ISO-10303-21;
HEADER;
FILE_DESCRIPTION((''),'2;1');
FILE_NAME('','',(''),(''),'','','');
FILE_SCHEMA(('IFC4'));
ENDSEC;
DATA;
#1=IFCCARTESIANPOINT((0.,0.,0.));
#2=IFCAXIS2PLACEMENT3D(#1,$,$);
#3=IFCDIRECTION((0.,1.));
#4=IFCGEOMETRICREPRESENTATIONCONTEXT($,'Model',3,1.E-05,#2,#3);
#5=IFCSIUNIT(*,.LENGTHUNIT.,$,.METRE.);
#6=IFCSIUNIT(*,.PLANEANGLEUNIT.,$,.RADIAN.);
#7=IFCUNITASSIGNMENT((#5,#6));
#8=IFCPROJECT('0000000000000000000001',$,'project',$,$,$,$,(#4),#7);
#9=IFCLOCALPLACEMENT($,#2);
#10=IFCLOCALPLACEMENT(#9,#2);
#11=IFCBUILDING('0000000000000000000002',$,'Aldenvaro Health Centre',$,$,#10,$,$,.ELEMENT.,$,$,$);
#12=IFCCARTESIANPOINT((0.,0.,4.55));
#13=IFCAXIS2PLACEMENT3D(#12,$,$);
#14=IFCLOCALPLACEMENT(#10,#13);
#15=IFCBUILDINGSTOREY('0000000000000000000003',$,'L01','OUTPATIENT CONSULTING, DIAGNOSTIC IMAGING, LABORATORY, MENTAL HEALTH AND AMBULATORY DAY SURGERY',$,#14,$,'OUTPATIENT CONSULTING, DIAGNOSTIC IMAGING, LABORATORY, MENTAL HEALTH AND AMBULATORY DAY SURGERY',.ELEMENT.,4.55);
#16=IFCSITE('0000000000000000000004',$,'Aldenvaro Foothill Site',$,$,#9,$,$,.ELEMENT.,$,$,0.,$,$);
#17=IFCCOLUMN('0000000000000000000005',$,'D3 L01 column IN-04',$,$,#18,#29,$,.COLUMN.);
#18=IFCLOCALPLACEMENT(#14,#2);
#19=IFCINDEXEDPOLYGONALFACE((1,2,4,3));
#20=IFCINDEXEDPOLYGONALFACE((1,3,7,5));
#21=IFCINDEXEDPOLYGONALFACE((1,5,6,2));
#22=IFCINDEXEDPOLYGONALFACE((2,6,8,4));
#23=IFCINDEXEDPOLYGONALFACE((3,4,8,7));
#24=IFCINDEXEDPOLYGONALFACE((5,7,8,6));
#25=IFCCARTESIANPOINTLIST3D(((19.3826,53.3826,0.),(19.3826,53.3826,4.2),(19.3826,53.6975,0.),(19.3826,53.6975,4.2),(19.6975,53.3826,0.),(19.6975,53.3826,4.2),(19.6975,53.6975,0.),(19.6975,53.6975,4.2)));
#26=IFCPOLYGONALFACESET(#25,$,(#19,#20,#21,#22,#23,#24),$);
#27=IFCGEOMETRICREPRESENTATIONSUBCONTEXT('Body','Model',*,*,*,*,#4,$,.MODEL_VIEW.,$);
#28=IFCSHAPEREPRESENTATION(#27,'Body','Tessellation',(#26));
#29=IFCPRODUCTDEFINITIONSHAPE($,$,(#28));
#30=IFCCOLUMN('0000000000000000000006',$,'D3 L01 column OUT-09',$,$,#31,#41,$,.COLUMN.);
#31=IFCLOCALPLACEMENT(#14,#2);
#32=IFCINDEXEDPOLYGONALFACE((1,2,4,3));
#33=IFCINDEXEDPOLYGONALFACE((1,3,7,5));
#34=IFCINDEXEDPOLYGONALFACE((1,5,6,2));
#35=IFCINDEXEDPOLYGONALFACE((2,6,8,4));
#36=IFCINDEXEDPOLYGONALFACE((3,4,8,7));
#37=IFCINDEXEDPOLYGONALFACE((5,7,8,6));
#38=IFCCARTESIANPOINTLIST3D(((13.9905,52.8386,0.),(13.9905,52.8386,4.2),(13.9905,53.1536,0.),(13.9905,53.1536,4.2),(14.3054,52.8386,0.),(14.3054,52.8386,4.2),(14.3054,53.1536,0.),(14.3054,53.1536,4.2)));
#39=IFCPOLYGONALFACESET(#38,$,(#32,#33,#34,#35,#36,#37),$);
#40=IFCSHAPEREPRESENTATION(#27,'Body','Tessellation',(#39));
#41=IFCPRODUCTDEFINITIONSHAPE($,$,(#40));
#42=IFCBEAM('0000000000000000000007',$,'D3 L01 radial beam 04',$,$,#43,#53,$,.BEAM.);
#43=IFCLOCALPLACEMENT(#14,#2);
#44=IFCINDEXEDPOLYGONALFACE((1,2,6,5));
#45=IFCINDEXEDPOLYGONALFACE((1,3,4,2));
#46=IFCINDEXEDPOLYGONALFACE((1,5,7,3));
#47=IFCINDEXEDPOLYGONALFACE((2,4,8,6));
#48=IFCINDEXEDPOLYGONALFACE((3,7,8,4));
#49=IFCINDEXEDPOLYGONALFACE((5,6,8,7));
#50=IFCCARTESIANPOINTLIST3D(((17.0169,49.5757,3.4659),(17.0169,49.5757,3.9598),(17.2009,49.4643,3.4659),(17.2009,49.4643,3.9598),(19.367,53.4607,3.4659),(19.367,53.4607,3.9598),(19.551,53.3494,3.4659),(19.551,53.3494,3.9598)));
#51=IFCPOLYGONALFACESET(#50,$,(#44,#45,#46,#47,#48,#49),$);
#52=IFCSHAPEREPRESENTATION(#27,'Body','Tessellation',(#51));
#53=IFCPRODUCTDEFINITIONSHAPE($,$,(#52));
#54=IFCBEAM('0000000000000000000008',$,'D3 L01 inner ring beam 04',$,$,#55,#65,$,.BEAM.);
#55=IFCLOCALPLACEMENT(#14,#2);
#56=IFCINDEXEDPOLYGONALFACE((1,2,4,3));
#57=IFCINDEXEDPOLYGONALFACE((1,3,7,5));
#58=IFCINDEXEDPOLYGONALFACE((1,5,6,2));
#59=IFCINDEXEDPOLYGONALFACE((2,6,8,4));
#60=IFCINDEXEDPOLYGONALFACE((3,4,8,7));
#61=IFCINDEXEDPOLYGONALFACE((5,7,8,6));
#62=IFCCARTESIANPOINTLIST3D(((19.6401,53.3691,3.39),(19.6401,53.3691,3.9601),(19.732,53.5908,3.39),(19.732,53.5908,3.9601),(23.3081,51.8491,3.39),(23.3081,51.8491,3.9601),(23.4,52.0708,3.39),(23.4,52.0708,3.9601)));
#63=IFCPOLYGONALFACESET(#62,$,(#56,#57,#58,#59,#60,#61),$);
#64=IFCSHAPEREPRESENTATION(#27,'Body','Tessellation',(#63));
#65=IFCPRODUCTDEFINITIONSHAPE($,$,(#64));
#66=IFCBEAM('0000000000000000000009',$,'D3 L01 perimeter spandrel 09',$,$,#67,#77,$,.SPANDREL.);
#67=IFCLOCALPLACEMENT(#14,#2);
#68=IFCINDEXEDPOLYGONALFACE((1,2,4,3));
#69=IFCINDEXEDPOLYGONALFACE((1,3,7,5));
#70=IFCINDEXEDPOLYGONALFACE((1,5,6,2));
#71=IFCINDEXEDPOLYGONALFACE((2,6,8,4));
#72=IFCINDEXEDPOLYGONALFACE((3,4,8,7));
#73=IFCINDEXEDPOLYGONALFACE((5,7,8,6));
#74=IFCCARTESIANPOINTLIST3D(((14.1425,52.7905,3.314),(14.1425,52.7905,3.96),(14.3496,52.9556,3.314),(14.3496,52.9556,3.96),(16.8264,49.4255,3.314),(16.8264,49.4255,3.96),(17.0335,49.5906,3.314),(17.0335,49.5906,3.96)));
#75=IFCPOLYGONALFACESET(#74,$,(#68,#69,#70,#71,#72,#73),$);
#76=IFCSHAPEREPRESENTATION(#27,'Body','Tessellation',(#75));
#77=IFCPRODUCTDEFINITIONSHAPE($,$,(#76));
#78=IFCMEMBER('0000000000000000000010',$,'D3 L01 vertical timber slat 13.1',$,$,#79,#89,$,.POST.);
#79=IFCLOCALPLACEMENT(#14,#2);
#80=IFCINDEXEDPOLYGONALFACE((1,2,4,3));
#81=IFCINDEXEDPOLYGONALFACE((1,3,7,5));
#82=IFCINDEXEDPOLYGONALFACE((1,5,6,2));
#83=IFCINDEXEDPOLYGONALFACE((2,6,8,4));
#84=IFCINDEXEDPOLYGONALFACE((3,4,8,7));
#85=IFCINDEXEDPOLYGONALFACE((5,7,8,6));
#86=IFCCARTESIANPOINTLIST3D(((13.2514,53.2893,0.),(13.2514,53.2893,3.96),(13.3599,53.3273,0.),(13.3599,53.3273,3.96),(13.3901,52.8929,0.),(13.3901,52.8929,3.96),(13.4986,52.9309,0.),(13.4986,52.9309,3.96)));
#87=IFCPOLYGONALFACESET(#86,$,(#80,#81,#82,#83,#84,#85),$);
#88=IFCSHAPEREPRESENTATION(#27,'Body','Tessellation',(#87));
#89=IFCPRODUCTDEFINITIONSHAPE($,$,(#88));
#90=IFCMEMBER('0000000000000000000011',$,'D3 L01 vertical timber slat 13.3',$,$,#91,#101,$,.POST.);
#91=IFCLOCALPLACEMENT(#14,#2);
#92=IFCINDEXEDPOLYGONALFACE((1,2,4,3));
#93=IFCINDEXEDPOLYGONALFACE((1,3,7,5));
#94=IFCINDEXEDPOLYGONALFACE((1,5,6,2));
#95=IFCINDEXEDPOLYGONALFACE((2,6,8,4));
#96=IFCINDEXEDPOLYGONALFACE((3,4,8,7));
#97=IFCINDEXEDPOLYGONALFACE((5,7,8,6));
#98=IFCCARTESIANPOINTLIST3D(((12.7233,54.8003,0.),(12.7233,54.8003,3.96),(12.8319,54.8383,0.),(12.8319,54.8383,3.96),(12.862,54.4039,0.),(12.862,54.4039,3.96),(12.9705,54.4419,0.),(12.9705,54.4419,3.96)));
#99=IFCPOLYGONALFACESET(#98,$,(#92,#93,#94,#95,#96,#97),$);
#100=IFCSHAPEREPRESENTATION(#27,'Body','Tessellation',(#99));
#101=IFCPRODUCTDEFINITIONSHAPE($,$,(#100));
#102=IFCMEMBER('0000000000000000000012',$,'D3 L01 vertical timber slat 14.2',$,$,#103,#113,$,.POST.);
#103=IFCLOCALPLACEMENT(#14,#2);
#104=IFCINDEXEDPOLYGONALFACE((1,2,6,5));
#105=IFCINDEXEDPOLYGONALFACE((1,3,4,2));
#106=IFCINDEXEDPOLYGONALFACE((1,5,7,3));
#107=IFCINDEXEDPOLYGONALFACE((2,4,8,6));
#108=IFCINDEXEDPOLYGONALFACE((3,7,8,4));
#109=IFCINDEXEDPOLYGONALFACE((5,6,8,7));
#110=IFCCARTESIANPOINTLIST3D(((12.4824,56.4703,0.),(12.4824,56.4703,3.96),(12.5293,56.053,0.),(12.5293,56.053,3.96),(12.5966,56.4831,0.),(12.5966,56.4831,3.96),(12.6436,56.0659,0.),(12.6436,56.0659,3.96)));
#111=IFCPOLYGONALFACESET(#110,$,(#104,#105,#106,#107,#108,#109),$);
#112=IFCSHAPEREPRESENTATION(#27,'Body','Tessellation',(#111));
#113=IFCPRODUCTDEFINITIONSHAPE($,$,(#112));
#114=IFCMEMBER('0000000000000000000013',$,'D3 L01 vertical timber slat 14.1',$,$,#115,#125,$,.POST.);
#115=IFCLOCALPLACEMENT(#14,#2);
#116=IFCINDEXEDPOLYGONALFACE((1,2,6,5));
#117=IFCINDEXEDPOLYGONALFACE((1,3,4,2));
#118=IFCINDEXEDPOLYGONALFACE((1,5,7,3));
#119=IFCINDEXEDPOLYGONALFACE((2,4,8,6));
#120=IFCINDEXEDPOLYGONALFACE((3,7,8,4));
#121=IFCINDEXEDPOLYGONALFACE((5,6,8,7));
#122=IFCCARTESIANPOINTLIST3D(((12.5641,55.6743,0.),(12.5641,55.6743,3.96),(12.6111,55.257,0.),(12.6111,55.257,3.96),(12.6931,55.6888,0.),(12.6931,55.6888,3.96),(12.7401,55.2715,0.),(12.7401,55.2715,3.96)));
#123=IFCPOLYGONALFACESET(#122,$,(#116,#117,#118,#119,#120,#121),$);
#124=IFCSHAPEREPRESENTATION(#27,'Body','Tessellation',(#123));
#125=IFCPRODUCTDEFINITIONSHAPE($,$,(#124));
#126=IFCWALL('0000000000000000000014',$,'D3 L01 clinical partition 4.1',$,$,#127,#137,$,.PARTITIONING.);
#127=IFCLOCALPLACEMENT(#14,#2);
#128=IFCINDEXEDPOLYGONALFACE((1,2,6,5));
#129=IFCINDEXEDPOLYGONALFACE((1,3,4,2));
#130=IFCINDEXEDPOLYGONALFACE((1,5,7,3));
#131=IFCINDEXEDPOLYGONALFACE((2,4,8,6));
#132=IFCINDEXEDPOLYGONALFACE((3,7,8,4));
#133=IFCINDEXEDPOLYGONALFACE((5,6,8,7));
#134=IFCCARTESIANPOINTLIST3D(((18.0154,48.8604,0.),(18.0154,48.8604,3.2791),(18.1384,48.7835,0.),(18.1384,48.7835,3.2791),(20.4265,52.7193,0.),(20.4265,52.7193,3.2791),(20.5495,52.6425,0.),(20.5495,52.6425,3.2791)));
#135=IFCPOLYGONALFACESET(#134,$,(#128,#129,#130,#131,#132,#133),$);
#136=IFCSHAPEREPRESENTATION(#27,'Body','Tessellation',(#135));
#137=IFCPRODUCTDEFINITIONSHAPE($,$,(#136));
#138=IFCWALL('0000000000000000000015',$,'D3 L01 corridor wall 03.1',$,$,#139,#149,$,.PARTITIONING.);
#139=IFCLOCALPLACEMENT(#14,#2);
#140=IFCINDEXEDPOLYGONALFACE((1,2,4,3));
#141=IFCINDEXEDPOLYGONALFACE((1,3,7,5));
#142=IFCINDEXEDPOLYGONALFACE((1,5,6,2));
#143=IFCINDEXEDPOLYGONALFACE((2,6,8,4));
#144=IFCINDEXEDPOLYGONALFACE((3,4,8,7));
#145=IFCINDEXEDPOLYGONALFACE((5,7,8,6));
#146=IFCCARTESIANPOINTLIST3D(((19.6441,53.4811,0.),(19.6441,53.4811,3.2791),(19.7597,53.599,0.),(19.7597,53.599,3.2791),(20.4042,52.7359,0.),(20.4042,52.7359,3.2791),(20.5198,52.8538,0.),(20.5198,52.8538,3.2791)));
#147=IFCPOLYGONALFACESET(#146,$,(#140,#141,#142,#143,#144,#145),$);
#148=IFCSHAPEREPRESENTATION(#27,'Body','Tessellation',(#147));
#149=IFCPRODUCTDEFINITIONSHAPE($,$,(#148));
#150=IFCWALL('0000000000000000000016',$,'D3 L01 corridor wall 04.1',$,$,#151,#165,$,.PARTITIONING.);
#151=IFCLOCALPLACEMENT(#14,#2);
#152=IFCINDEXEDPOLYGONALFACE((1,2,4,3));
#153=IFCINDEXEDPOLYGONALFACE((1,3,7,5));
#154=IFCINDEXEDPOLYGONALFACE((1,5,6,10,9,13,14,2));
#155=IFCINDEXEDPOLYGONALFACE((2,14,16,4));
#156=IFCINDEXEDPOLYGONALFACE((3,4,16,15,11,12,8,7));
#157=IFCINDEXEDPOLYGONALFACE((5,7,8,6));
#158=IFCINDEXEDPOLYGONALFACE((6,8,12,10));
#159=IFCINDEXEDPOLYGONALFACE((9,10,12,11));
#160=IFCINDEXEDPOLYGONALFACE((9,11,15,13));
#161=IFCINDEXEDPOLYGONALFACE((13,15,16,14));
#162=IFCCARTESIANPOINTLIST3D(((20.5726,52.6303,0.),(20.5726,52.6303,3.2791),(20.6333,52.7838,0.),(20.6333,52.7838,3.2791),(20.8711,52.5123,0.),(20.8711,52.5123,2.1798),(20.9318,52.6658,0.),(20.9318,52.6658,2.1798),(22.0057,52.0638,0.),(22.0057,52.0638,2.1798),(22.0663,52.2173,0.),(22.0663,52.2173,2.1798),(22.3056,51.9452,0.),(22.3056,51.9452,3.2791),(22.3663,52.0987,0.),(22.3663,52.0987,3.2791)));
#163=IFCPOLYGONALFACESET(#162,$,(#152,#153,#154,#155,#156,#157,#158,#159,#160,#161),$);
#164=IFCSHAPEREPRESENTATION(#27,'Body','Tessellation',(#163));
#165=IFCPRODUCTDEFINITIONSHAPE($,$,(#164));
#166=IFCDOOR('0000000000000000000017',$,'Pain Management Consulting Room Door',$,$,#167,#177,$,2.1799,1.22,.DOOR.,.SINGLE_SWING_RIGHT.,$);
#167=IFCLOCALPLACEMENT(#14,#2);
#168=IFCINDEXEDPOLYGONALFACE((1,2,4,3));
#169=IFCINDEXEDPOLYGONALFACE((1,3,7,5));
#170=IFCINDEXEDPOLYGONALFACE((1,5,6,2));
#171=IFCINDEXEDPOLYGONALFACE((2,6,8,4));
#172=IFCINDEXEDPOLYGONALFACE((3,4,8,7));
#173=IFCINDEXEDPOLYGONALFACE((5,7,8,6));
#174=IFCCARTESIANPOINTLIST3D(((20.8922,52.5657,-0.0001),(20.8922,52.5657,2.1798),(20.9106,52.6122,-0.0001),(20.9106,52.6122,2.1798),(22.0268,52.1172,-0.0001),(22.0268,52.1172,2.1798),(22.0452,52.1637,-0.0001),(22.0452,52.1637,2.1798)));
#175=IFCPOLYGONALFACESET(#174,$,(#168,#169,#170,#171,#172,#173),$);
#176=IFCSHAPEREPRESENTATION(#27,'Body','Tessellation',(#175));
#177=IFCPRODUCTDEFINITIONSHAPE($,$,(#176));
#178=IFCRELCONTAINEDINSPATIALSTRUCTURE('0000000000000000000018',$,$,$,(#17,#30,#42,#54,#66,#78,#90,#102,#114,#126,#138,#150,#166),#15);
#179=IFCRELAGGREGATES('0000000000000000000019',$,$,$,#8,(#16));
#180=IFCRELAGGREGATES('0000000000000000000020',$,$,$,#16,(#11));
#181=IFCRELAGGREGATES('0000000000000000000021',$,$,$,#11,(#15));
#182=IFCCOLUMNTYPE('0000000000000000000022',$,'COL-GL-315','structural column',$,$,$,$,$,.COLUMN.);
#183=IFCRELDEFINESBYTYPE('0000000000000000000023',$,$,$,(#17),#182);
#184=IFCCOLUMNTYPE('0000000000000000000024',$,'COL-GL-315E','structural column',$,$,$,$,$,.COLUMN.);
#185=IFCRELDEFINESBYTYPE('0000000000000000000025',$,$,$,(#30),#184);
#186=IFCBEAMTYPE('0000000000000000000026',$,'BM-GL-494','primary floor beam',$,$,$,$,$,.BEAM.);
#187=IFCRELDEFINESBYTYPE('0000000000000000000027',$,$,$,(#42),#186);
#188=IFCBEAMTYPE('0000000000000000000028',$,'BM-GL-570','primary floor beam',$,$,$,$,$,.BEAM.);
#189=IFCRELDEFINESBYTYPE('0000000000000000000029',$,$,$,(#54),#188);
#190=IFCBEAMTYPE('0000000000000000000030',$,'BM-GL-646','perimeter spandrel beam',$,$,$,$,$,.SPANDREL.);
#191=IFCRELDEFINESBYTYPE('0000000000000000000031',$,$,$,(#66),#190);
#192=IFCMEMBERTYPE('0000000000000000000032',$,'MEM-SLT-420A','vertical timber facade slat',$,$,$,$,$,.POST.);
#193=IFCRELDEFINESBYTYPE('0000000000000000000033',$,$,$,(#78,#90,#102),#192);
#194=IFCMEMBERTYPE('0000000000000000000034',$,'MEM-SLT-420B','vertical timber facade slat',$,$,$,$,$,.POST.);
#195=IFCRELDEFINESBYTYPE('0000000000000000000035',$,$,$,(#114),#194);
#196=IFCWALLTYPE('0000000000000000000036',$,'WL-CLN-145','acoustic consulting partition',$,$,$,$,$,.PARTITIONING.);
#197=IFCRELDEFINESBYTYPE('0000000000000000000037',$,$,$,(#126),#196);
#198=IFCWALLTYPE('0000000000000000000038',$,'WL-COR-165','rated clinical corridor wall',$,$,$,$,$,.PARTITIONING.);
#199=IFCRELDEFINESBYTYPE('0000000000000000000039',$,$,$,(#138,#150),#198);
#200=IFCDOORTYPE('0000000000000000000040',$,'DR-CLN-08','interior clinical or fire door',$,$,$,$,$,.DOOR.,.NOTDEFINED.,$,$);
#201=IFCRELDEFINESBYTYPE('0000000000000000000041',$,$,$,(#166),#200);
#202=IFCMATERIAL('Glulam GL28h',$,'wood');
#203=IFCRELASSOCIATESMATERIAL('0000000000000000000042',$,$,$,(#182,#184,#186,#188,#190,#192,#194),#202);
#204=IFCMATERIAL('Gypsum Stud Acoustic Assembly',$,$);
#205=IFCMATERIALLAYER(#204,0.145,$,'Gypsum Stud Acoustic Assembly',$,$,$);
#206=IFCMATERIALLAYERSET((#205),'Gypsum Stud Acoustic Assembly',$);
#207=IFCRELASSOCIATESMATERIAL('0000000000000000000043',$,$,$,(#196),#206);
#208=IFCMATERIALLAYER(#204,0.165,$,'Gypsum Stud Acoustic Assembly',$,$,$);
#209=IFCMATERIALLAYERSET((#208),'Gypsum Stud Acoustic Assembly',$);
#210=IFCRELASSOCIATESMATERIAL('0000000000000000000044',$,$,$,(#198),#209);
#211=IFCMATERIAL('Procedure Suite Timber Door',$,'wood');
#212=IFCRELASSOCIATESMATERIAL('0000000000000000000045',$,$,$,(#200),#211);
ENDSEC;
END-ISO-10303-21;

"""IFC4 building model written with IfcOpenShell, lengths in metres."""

from ifc_helpers import new_model, si_unit, direction, frame, frame_2d, origin, origin_2d, place, context, subcontext, project, spatial, rectangle, extrude, material, layer, layer_set, material_profile, profile_set, type_object, element, fill, save


model = new_model("IFC4")

# Units and contexts
model_context = context("Model", 3, precision=1e-05, world=origin(), true_north=direction((0.0, 1.0)))
body_context = subcontext(model_context, "Body", "Model", "MODEL_VIEW")
ifc_project = project(units=[si_unit("LENGTHUNIT", "METRE"), si_unit("PLANEANGLEUNIT", "RADIAN")], contexts=[model_context])

# Site, building, storey
site_placement = place(None, origin())
site = spatial("IfcSite", under=ifc_project, at=site_placement, Name="Aldenvaro Foothill Site", CompositionType="ELEMENT", RefElevation=0.0)
building_placement = place(site_placement, origin())
building = spatial("IfcBuilding", under=site, at=building_placement, Name="Aldenvaro Health Centre", CompositionType="ELEMENT")
storey_placement = place(building_placement, frame((0.0, 0.0, 4.55)))
storey = spatial("IfcBuildingStorey", under=building, at=storey_placement, Name="L01", Description="OUTPATIENT CONSULTING, DIAGNOSTIC IMAGING, LABORATORY, MENTAL HEALTH AND AMBULATORY DAY SURGERY", LongName="OUTPATIENT CONSULTING, DIAGNOSTIC IMAGING, LABORATORY, MENTAL HEALTH AND AMBULATORY DAY SURGERY", CompositionType="ELEMENT", Elevation=4.55)

# Columns
ifc_material_1 = material(Name="Glulam GL28h", Category="wood")
ifc_material_profile_1 = material_profile(ifc_material_1, rectangle(XDim=0.3149, YDim=0.3149, at=origin_2d()), Name="GL 315x315", Category="wood")
ifc_profile_set_1 = profile_set([ifc_material_profile_1], Name="Glulam GL28h")
column_type_1 = type_object("IfcColumnType", Name="COL-GL-315", Description="structural column", PredefinedType="COLUMN", material=ifc_profile_set_1)
column_1_placement = place(storey_placement, frame((19.54, 53.54, 0.0), z_axis=(0.0, 0.0, 1.0), x_axis=(1.0, 0.0, 0.0)))
element("IfcColumn", 1, at=column_1_placement, inside=storey, type_object=column_type_1, Name="D3 L01 column IN-04", PredefinedType="COLUMN", context=body_context, shape_type="SweptSolid", body=[
    extrude(rectangle(XDim=0.3149, YDim=0.3149, at=origin_2d()), origin(), (0.0, 0.0, 1.0), 4.2),
])
ifc_material_profile_2 = material_profile(ifc_material_1, rectangle(XDim=0.3149, YDim=0.3149, at=origin_2d()), Name="GL 315x315", Category="wood")
ifc_profile_set_2 = profile_set([ifc_material_profile_2], Name="Glulam GL28h")
column_type_2 = type_object("IfcColumnType", Name="COL-GL-315E", Description="structural column", PredefinedType="COLUMN", material=ifc_profile_set_2)
column_2_placement = place(storey_placement, frame((14.1479, 52.9961, 0.0), z_axis=(0.0, 0.0, 1.0), x_axis=(1.0, 0.0, 0.0)))
element("IfcColumn", 2, at=column_2_placement, inside=storey, type_object=column_type_2, Name="D3 L01 column OUT-09", PredefinedType="COLUMN", context=body_context, shape_type="SweptSolid", body=[
    extrude(rectangle(XDim=0.3149, YDim=0.3149, at=origin_2d()), origin(), (0.0, 0.0, 1.0), 4.2),
])

# Beams
ifc_material_profile_3 = material_profile(ifc_material_1, rectangle(XDim=0.2151, YDim=0.4939, at=origin_2d()), Name="GL 215x494", Category="wood")
ifc_profile_set_3 = profile_set([ifc_material_profile_3], Name="Glulam GL28h")
beam_type_1 = type_object("IfcBeamType", Name="BM-GL-494", Description="primary floor beam", PredefinedType="BEAM", material=ifc_profile_set_3)
beam_1_placement = place(storey_placement, frame((19.459, 53.405, 3.7129), z_axis=(-0.517584, -0.855632, 0.0), x_axis=(0.855632, -0.517584, 0.0)))
element("IfcBeam", 3, at=beam_1_placement, inside=storey, type_object=beam_type_1, Name="D3 L01 radial beam 04", PredefinedType="BEAM", context=body_context, shape_type="SweptSolid", body=[
    extrude(rectangle(XDim=0.2151, YDim=0.4939, at=origin_2d()), origin(), (0.0, 0.0, 1.0), 4.5405),
])
ifc_material_profile_4 = material_profile(ifc_material_1, rectangle(XDim=0.24, YDim=0.5701, at=origin_2d()), Name="GL 240x570", Category="wood")
ifc_profile_set_4 = profile_set([ifc_material_profile_4], Name="Glulam GL28h")
beam_type_2 = type_object("IfcBeamType", Name="BM-GL-570", Description="primary floor beam", PredefinedType="BEAM", material=ifc_profile_set_4)
beam_2_placement = place(storey_placement, frame((19.686, 53.48, 3.675), z_axis=(0.923817, -0.382833, 0.0), x_axis=(0.382833, 0.923817, 0.0)))
element("IfcBeam", 4, at=beam_2_placement, inside=storey, type_object=beam_type_2, Name="D3 L01 inner ring beam 04", PredefinedType="BEAM", context=body_context, shape_type="SweptSolid", body=[
    extrude(rectangle(XDim=0.24, YDim=0.5701, at=origin_2d()), origin(), (0.0, 0.0, 1.0), 3.9705),
])
ifc_material_profile_5 = material_profile(ifc_material_1, rectangle(XDim=0.2649, YDim=0.646, at=origin_2d()), Name="GL 265x646", Category="wood")
ifc_profile_set_5 = profile_set([ifc_material_profile_5], Name="Glulam GL28h")
beam_type_3 = type_object("IfcBeamType", Name="BM-GL-646", Description="perimeter spandrel beam", PredefinedType="SPANDREL", material=ifc_profile_set_5)
beam_3_placement = place(storey_placement, frame((14.2461, 52.873, 3.637), z_axis=(0.623539, -0.781792, 0.0), x_axis=(0.781792, 0.623539, 0.0)))
element("IfcBeam", 5, at=beam_3_placement, inside=storey, type_object=beam_type_3, Name="D3 L01 perimeter spandrel 09", PredefinedType="SPANDREL", context=body_context, shape_type="SweptSolid", body=[
    extrude(rectangle(XDim=0.2649, YDim=0.646, at=origin_2d()), origin(), (0.0, 0.0, 1.0), 4.3042),
])

# Members
ifc_material_profile_6 = material_profile(ifc_material_1, rectangle(XDim=0.115, YDim=0.4199, at=origin_2d()), Name="GL 115x420", Category="wood")
ifc_profile_set_6 = profile_set([ifc_material_profile_6], Name="Glulam GL28h")
member_type_1 = type_object("IfcMemberType", Name="MEM-SLT-420A", Description="vertical timber facade slat", PredefinedType="POST", material=ifc_profile_set_6)
for number, where, z_axis, x_axis, name in (
    (6, (13.375, 53.1101, 0.0), (0.0, 0.0, 1.0), (-0.943909, -0.330204, 0.0), "D3 L01 vertical timber slat 13.1"),
    (7, (12.8469, 54.6211, 0.0), (0.0, 0.0, 1.0), (-0.943909, -0.330204, 0.0), "D3 L01 vertical timber slat 13.3"),
    (8, (12.563, 56.2681, 0.0), (0.0, 0.0, 1.0), (-0.993723, -0.111871, 0.0), "D3 L01 vertical timber slat 14.2"),
):
    element("IfcMember", number, at=place(storey_placement, frame(where, z_axis=z_axis, x_axis=x_axis)), inside=storey, type_object=member_type_1, Name=name, PredefinedType="POST", context=body_context, shape_type="SweptSolid", body=[
        extrude(rectangle(XDim=0.115, YDim=0.4199, at=origin_2d()), origin(), (0.0, 0.0, 1.0), 3.96),
    ])
ifc_material_profile_7 = material_profile(ifc_material_1, rectangle(XDim=0.1299, YDim=0.4199, at=origin_2d()), Name="GL 130x420", Category="wood")
ifc_profile_set_7 = profile_set([ifc_material_profile_7], Name="Glulam GL28h")
member_type_2 = type_object("IfcMemberType", Name="MEM-SLT-420B", Description="vertical timber facade slat", PredefinedType="POST", material=ifc_profile_set_7)
member_placement = place(storey_placement, frame((12.6521, 55.4729, 0.0), z_axis=(0.0, 0.0, 1.0), x_axis=(-0.993723, -0.111871, 0.0)))
element("IfcMember", 9, at=member_placement, inside=storey, type_object=member_type_2, Name="D3 L01 vertical timber slat 14.1", PredefinedType="POST", context=body_context, shape_type="SweptSolid", body=[
    extrude(rectangle(XDim=0.1299, YDim=0.4199, at=origin_2d()), origin(), (0.0, 0.0, 1.0), 3.96),
])

# Walls
ifc_material_2 = material(Name="Gypsum Stud Acoustic Assembly")
ifc_layer_1 = layer(ifc_material_2, 0.145, Name="Gypsum Stud Acoustic Assembly")
ifc_layer_set_1 = layer_set([ifc_layer_1], Name="Gypsum Stud Acoustic Assembly")
wall_type_1 = type_object("IfcWallType", Name="WL-CLN-145", Description="acoustic consulting partition", PredefinedType="PARTITIONING", material=ifc_layer_set_1)
wall_1_placement = place(storey_placement, frame((20.488, 52.6809, 0.0), z_axis=(0.0, 0.0, 1.0), x_axis=(-0.529893, -0.848065, 0.0)))
element("IfcWall", 10, at=wall_1_placement, inside=storey, type_object=wall_type_1, Name="D3 L01 clinical partition 4.1", PredefinedType="PARTITIONING", context=body_context, shape_type="SweptSolid", body=[
    extrude(rectangle(XDim=4.5503, YDim=0.145, at=frame_2d((2.2751, 0.0))), origin(), (0.0, 0.0, 1.0), 3.2791),
])
ifc_layer_2 = layer(ifc_material_2, 0.165, Name="Gypsum Stud Acoustic Assembly")
ifc_layer_set_2 = layer_set([ifc_layer_2], Name="Gypsum Stud Acoustic Assembly")
wall_type_2 = type_object("IfcWallType", Name="WL-COR-165", Description="rated clinical corridor wall", PredefinedType="PARTITIONING", material=ifc_layer_set_2)
wall_2_placement = place(storey_placement, frame((19.7019, 53.54, 0.0), z_axis=(0.0, 0.0, 1.0), x_axis=(0.714068, -0.700076, 0.0)))
element("IfcWall", 11, at=wall_2_placement, inside=storey, type_object=wall_type_2, Name="D3 L01 corridor wall 03.1", PredefinedType="PARTITIONING", context=body_context, shape_type="SweptSolid", body=[
    extrude(rectangle(XDim=1.0645, YDim=0.165, at=frame_2d((0.5322, 0.0))), origin(), (0.0, 0.0, 1.0), 3.2791),
])

# Wall, opening, door
wall_3_placement = place(storey_placement, frame((20.603, 52.707, 0.0), z_axis=(0.0, 0.0, 1.0), x_axis=(0.929969, -0.367638, 0.0)))
wall_3 = element("IfcWall", 12, at=wall_3_placement, inside=storey, type_object=wall_type_2, Name="D3 L01 corridor wall 04.1", PredefinedType="PARTITIONING", context=body_context, shape_type="SweptSolid", body=[
    extrude(rectangle(XDim=1.8635, YDim=0.165, at=frame_2d((0.9316, 0.0))), origin(), (0.0, 0.0, 1.0), 3.2791),
])
opening_1_placement = place(wall_3_placement, frame((0.321, 0.0, 0.0)))
opening_1 = element("IfcOpeningElement", 13, at=opening_1_placement, cuts=wall_3, PredefinedType="OPENING", context=body_context, shape_type="SweptSolid", body=[
    extrude(rectangle(XDim=1.22, YDim=2.1799, at=frame_2d((0.6099, 1.0898))), frame((0.0, 0.0925, 0.0), z_axis=(0.0, -1.0, 0.0), x_axis=(1.0, 0.0, 0.0)), (0.0, 0.0, 1.0), 0.1851),
])
ifc_material_3 = material(Name="Procedure Suite Timber Door", Category="wood")
door_type_1 = type_object("IfcDoorType", Name="DR-CLN-08", Description="interior clinical or fire door", OperationType="NOTDEFINED", PredefinedType="DOOR", material=ifc_material_3)
door_1_placement = place(opening_1_placement, origin())
door_1 = element("IfcDoor", 14, at=door_1_placement, inside=storey, type_object=door_type_1, Name="Pain Management Consulting Room Door", OperationType="SINGLE_SWING_RIGHT", OverallHeight=2.1799, OverallWidth=1.22, PredefinedType="DOOR", context=body_context, shape_type="SweptSolid", body=[
    extrude(rectangle(XDim=1.22, YDim=2.1799, at=frame_2d((0.6099, 1.0898))), frame((0.0, 0.0249, 0.0), z_axis=(0.0, -1.0, 0.0), x_axis=(1.0, 0.0, 0.0)), (0.0, 0.0, 1.0), 0.05),
])
fill(opening_1, door_1)

save(model, "model.ifc")
